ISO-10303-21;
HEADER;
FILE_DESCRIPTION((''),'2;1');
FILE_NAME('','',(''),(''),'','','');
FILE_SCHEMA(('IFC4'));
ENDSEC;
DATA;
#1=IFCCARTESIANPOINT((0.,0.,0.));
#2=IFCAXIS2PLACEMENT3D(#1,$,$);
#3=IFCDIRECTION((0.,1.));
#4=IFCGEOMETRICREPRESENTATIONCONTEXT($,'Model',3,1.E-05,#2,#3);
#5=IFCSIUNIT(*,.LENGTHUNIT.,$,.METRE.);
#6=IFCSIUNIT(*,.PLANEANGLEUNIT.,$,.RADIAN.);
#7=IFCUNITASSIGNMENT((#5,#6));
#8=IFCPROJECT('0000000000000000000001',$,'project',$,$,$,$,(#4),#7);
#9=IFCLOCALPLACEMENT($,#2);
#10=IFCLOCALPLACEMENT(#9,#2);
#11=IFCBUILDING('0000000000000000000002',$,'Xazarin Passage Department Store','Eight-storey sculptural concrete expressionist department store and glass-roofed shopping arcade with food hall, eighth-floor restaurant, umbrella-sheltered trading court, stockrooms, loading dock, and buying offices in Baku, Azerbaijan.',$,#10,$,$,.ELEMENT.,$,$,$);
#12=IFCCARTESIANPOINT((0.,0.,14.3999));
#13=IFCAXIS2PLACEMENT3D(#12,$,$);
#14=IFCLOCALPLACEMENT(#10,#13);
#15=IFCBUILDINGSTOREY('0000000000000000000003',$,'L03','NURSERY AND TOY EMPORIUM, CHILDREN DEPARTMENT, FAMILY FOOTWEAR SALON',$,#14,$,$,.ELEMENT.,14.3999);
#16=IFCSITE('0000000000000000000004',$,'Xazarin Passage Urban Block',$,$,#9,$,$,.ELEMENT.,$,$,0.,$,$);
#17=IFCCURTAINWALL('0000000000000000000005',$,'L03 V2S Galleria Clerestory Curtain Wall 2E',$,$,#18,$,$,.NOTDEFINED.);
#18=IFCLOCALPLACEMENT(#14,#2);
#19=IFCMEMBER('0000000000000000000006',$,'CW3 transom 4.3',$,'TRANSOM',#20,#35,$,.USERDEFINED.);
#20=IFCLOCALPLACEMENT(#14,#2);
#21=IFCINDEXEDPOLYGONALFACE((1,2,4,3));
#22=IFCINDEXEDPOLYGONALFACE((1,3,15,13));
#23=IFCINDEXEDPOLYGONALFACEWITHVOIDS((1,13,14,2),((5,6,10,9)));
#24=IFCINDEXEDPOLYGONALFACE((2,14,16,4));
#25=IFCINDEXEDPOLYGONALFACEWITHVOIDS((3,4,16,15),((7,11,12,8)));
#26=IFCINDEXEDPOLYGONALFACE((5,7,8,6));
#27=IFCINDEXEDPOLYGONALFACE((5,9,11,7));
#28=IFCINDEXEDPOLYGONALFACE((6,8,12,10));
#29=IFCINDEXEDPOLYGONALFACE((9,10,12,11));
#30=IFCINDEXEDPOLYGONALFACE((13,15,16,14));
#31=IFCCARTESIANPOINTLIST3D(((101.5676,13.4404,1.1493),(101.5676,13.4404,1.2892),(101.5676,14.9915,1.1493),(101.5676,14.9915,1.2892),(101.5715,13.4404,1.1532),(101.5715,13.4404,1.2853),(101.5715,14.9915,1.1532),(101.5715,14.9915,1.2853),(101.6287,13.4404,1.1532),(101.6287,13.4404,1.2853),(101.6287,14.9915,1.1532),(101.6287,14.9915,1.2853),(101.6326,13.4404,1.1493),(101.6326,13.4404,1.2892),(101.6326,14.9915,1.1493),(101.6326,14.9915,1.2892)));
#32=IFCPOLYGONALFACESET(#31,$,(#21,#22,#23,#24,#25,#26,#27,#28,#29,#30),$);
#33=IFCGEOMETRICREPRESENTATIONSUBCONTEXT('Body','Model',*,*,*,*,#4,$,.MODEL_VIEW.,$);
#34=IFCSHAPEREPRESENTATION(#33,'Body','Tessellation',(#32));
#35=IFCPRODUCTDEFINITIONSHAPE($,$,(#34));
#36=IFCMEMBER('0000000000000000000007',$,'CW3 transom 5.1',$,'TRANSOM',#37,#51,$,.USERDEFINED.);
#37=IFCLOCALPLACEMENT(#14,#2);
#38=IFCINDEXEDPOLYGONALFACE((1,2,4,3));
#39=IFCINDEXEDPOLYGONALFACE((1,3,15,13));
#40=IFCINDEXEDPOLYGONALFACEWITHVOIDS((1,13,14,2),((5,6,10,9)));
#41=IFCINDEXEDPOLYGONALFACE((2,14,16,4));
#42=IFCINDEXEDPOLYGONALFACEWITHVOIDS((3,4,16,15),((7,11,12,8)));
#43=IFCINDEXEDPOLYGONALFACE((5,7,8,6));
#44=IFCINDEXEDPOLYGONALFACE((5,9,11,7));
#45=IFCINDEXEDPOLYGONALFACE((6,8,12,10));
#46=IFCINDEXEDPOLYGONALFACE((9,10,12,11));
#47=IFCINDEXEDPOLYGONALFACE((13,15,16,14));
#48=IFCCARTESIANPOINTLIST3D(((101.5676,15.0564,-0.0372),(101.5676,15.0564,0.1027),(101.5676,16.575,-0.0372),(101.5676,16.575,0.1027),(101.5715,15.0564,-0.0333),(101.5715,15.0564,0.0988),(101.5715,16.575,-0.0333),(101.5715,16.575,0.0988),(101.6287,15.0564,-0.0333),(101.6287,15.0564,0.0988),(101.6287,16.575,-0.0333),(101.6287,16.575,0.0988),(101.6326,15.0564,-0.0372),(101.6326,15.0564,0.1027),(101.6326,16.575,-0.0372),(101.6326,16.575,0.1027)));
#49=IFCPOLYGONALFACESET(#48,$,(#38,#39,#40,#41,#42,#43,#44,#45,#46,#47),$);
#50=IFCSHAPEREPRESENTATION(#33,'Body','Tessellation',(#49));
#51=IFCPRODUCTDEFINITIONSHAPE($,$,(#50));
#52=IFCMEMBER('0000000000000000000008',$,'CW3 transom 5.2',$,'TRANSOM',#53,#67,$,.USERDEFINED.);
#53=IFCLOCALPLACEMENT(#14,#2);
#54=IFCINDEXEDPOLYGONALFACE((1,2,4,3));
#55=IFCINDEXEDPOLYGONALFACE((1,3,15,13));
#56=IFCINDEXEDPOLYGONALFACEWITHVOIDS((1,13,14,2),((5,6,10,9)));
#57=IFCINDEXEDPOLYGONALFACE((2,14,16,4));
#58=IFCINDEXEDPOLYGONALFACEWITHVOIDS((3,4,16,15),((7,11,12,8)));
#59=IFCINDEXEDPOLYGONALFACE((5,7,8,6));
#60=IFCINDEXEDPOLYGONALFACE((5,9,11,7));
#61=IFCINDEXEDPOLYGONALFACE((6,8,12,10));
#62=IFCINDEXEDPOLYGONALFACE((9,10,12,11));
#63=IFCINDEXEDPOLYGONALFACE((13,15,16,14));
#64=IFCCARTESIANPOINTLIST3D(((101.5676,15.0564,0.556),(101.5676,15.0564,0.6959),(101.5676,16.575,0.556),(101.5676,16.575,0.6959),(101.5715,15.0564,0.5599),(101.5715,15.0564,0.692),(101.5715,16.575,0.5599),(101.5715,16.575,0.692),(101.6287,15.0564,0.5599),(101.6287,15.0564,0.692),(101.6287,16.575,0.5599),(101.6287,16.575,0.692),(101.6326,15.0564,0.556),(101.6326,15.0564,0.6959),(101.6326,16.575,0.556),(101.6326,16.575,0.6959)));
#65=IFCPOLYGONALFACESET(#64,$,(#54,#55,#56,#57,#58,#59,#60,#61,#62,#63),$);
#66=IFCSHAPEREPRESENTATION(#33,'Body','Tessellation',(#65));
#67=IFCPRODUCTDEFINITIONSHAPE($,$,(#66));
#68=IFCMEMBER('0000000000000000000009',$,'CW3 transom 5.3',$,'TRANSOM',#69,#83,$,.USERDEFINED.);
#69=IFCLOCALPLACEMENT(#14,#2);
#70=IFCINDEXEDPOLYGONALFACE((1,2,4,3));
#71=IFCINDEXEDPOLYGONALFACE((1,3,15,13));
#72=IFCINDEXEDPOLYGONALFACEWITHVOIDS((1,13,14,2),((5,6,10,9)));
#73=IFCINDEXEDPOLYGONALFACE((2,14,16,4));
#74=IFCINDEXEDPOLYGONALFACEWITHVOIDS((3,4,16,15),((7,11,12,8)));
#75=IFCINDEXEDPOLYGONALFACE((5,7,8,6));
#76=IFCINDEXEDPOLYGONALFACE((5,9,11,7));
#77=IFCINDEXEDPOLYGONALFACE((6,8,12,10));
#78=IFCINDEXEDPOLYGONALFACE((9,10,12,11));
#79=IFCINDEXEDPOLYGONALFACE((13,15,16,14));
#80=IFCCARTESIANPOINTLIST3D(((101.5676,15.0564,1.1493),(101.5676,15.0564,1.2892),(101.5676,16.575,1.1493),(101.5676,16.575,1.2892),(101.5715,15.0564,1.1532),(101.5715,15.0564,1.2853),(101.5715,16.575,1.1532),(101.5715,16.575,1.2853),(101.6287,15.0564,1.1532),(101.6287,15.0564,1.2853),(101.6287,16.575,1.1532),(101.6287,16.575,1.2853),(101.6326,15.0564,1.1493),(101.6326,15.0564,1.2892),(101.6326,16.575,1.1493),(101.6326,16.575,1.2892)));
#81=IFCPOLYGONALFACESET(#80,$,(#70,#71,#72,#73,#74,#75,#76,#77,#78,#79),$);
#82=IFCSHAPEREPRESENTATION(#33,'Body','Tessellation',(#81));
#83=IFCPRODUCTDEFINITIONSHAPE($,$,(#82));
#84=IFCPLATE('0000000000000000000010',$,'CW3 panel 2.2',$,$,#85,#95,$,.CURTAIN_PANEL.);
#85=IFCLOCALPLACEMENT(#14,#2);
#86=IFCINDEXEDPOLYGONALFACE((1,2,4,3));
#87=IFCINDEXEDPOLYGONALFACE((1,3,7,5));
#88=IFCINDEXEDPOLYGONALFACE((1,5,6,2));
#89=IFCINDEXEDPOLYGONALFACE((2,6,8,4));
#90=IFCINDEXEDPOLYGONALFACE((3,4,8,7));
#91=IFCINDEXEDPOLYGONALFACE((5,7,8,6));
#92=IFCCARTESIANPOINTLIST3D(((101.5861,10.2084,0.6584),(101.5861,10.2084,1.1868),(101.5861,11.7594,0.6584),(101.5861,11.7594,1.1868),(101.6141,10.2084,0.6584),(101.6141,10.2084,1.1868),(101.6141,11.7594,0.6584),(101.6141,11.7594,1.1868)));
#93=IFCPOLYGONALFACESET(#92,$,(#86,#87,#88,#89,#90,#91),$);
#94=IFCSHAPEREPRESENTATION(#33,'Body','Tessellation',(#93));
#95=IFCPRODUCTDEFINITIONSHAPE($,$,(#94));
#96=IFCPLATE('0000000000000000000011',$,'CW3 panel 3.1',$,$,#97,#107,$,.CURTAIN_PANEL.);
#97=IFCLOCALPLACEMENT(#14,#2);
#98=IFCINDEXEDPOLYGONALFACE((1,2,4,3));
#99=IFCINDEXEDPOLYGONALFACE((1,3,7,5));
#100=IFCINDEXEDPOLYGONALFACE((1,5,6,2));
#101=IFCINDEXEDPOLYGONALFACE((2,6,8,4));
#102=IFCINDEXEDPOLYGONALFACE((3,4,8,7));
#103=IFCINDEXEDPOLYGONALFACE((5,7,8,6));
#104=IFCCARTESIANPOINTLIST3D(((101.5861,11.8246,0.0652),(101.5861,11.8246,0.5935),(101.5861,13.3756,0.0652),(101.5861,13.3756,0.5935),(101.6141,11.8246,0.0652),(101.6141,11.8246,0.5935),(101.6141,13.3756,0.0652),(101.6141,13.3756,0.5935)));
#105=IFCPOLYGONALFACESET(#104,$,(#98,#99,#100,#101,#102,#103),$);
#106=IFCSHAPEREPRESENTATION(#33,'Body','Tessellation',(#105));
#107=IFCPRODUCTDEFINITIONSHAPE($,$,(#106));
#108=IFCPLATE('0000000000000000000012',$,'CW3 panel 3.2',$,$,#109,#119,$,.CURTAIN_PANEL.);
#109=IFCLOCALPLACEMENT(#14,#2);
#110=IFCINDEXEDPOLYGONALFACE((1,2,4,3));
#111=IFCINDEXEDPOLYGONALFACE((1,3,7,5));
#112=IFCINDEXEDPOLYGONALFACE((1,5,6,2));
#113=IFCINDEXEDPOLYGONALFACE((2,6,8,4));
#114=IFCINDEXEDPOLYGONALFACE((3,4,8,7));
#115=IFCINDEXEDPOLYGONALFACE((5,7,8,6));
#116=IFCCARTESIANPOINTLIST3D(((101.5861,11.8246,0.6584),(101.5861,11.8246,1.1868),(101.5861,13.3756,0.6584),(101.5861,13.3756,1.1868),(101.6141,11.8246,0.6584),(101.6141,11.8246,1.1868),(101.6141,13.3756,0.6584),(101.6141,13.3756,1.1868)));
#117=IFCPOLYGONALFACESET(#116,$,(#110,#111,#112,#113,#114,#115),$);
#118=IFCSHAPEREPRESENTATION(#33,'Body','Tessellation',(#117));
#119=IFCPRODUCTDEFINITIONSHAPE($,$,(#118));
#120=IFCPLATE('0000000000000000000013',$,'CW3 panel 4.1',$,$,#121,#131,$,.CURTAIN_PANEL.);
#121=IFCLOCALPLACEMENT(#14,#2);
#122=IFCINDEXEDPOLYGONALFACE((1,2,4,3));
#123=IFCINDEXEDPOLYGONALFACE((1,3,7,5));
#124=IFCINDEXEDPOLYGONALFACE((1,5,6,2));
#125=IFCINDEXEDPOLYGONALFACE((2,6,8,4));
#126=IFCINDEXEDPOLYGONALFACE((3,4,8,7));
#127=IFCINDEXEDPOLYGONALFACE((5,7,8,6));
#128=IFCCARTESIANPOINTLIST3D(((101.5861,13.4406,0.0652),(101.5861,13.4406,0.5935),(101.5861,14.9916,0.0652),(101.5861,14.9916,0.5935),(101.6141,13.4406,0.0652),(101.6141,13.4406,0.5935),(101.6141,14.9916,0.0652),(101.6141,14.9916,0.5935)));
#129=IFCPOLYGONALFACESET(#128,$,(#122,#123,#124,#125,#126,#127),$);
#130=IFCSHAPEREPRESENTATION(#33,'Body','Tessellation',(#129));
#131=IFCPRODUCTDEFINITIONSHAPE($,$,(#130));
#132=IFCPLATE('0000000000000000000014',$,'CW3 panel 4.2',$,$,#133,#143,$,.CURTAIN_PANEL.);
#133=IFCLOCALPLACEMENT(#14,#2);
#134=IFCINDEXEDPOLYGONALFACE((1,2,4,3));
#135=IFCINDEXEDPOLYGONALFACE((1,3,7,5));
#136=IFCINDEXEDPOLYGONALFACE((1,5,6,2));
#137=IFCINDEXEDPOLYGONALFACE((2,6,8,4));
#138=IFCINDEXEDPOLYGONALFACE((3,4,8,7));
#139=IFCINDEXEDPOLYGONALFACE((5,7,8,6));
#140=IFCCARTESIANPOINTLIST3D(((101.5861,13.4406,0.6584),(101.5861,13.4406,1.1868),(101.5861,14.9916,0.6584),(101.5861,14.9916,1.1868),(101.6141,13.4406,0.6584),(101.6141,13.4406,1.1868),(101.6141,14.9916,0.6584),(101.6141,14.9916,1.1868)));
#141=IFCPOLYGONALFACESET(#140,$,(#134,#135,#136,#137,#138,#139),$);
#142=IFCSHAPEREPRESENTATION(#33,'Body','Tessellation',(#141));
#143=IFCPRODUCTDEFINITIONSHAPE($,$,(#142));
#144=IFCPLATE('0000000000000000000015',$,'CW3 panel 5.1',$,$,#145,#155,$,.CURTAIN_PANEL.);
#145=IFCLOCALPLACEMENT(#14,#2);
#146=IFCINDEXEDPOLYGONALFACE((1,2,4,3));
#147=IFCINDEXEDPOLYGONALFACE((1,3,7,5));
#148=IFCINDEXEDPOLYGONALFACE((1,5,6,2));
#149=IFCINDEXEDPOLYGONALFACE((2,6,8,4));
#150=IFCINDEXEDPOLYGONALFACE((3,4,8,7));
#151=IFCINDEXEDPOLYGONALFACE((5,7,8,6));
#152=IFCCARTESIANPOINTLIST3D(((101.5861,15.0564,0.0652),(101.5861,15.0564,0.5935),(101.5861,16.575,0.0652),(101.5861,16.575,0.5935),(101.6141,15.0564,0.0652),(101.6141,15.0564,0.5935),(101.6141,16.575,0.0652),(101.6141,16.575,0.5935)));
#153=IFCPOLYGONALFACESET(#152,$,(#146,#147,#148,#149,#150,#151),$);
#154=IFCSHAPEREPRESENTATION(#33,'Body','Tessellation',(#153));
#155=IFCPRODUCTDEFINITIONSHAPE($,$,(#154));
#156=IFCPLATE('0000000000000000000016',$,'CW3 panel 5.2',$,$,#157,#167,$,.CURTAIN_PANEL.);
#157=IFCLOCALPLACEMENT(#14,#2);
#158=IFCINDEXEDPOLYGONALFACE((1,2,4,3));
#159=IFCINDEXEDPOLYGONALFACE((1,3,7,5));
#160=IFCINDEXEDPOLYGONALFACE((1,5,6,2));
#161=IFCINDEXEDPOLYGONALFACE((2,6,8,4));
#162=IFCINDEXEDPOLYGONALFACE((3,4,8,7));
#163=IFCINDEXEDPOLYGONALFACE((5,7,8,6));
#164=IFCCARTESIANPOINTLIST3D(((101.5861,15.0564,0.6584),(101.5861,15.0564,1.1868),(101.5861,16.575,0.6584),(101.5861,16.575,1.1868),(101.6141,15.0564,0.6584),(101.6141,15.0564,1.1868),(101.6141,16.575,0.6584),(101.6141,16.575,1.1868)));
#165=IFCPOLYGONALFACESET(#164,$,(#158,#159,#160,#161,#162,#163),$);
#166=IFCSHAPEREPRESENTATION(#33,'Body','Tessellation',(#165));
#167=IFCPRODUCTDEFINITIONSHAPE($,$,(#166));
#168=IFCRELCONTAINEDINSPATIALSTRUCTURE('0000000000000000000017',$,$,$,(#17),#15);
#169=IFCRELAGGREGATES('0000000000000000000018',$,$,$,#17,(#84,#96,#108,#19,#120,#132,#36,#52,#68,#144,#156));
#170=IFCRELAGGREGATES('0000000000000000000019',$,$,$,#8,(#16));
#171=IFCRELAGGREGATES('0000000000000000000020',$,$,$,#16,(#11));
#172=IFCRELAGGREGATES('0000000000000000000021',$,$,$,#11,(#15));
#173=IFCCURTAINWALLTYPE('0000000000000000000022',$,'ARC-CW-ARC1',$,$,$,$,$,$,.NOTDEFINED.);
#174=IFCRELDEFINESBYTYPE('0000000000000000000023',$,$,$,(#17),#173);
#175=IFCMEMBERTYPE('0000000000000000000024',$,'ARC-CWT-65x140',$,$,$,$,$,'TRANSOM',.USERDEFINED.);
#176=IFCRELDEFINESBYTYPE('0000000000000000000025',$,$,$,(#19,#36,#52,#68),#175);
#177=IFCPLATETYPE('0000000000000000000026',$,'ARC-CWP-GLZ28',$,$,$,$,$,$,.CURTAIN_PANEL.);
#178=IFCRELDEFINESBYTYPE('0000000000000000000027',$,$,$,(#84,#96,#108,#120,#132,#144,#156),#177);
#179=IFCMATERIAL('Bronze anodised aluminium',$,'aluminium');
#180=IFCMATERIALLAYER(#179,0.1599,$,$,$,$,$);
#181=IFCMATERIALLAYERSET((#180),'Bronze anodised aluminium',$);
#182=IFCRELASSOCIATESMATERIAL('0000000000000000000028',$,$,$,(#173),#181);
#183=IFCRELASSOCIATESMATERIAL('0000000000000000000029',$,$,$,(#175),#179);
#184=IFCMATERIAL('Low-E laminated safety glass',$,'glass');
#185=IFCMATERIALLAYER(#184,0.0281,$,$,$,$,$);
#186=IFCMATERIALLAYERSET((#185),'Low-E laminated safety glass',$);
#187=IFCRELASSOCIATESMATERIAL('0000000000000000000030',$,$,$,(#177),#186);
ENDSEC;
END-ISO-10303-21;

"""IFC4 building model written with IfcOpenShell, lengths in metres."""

from ifc_helpers import new_model, si_unit, direction, frame, origin, origin_2d, place, context, subcontext, project, spatial, rectangle, hollow_rectangle, extrude, material, layer, layer_set, material_profile, profile_set, type_object, element, aggregate, save


model = new_model("IFC4")

# Units and contexts
model_context = context("Model", 3, precision=1e-05, world=origin(), true_north=direction((0.0, 1.0)))
body_context = subcontext(model_context, "Body", "Model", "MODEL_VIEW")
ifc_project = project(units=[si_unit("LENGTHUNIT", "METRE"), si_unit("PLANEANGLEUNIT", "RADIAN")], contexts=[model_context])

# Site, building, storey
site_placement = place(None, origin())
site = spatial("IfcSite", under=ifc_project, at=site_placement, Name="Xazarin Passage Urban Block", CompositionType="ELEMENT", RefElevation=0.0)
building_placement = place(site_placement, origin())
building = spatial("IfcBuilding", under=site, at=building_placement, Name="Xazarin Passage Department Store", Description="Eight-storey sculptural concrete expressionist department store and glass-roofed shopping arcade with food hall, eighth-floor restaurant, umbrella-sheltered trading court, stockrooms, loading dock, and buying offices in Baku, Azerbaijan.", CompositionType="ELEMENT")
storey_placement = place(building_placement, frame((0.0, 0.0, 14.3999)))
storey = spatial("IfcBuildingStorey", under=building, at=storey_placement, Name="L03", Description="NURSERY AND TOY EMPORIUM, CHILDREN DEPARTMENT, FAMILY FOOTWEAR SALON", CompositionType="ELEMENT", Elevation=14.3999)

# Curtain wall, members, plates
ifc_material_1 = material(Name="Bronze anodised aluminium", Category="aluminium")
ifc_layer_1 = layer(ifc_material_1, 0.1599)
ifc_layer_set_1 = layer_set([ifc_layer_1], Name="Bronze anodised aluminium")
curtain_wall_type = type_object("IfcCurtainWallType", Name="ARC-CW-ARC1", PredefinedType="NOTDEFINED", material=ifc_layer_set_1)
curtain_wall_placement = place(storey_placement, origin())
curtain_wall = element("IfcCurtainWall", 1, at=curtain_wall_placement, inside=storey, type_object=curtain_wall_type, Name="L03 V2S Galleria Clerestory Curtain Wall 2E", PredefinedType="NOTDEFINED")
ifc_material_profile_1 = material_profile(ifc_material_1, hollow_rectangle(XDim=0.0649, YDim=0.1399, WallThickness=0.0039, at=origin_2d()), Name="ALU 65x140")
ifc_profile_set_1 = profile_set([ifc_material_profile_1], Name="Bronze anodised aluminium")
member_type_1 = type_object("IfcMemberType", Name="ARC-CWT-65x140", ElementType="TRANSOM", PredefinedType="USERDEFINED", material=ifc_profile_set_1)
member_1_placement = place(storey_placement, frame((101.6001, 13.4404, 1.2192), z_axis=(0.0, 1.0, 0.0), x_axis=(-1.0, 0.0, 0.0)))
member_1 = element("IfcMember", 2, at=member_1_placement, type_object=member_type_1, Name="CW3 transom 4.3", ObjectType="TRANSOM", PredefinedType="USERDEFINED", context=body_context, shape_type="SweptSolid", body=[
    extrude(hollow_rectangle(XDim=0.0649, YDim=0.1399, WallThickness=0.0039, at=origin_2d()), origin(), (0.0, 0.0, 1.0), 1.551),
])
member_2_placement = place(storey_placement, frame((101.6001, 15.0564, 0.0327), z_axis=(0.0, 1.0, 0.0), x_axis=(-1.0, 0.0, 0.0)))
member_2 = element("IfcMember", 3, at=member_2_placement, type_object=member_type_1, Name="CW3 transom 5.1", ObjectType="TRANSOM", PredefinedType="USERDEFINED", context=body_context, shape_type="SweptSolid", body=[
    extrude(hollow_rectangle(XDim=0.0649, YDim=0.1399, WallThickness=0.0039, at=origin_2d()), origin(), (0.0, 0.0, 1.0), 1.5186),
])
member_3_placement = place(storey_placement, frame((101.6001, 15.0564, 0.626), z_axis=(0.0, 1.0, 0.0), x_axis=(-1.0, 0.0, 0.0)))
member_3 = element("IfcMember", 4, at=member_3_placement, type_object=member_type_1, Name="CW3 transom 5.2", ObjectType="TRANSOM", PredefinedType="USERDEFINED", context=body_context, shape_type="SweptSolid", body=[
    extrude(hollow_rectangle(XDim=0.0649, YDim=0.1399, WallThickness=0.0039, at=origin_2d()), origin(), (0.0, 0.0, 1.0), 1.5186),
])
member_4_placement = place(storey_placement, frame((101.6001, 15.0564, 1.2192), z_axis=(0.0, 1.0, 0.0), x_axis=(-1.0, 0.0, 0.0)))
member_4 = element("IfcMember", 5, at=member_4_placement, type_object=member_type_1, Name="CW3 transom 5.3", ObjectType="TRANSOM", PredefinedType="USERDEFINED", context=body_context, shape_type="SweptSolid", body=[
    extrude(hollow_rectangle(XDim=0.0649, YDim=0.1399, WallThickness=0.0039, at=origin_2d()), origin(), (0.0, 0.0, 1.0), 1.5186),
])
ifc_material_2 = material(Name="Low-E laminated safety glass", Category="glass")
ifc_layer_2 = layer(ifc_material_2, 0.0281)
ifc_layer_set_2 = layer_set([ifc_layer_2], Name="Low-E laminated safety glass")
plate_type = type_object("IfcPlateType", Name="ARC-CWP-GLZ28", PredefinedType="CURTAIN_PANEL", material=ifc_layer_set_2)
plate_1_placement = place(storey_placement, frame((101.6001, 10.9839, 0.6584), z_axis=(0.0, 0.0, 1.0), x_axis=(0.0, 1.0, 0.0)))
plate_1 = element("IfcPlate", 6, at=plate_1_placement, type_object=plate_type, Name="CW3 panel 2.2", PredefinedType="CURTAIN_PANEL", context=body_context, shape_type="SweptSolid", body=[
    extrude(rectangle(XDim=1.551, YDim=0.0281, at=origin_2d()), origin(), (0.0, 0.0, 1.0), 0.5283),
])
plate_2_placement = place(storey_placement, frame((101.6001, 12.6001, 0.0652), z_axis=(0.0, 0.0, 1.0), x_axis=(0.0, 1.0, 0.0)))
plate_2 = element("IfcPlate", 7, at=plate_2_placement, type_object=plate_type, Name="CW3 panel 3.1", PredefinedType="CURTAIN_PANEL", context=body_context, shape_type="SweptSolid", body=[
    extrude(rectangle(XDim=1.551, YDim=0.0281, at=origin_2d()), origin(), (0.0, 0.0, 1.0), 0.5283),
])
plate_3_placement = place(storey_placement, frame((101.6001, 12.6001, 0.6584), z_axis=(0.0, 0.0, 1.0), x_axis=(0.0, 1.0, 0.0)))
plate_3 = element("IfcPlate", 8, at=plate_3_placement, type_object=plate_type, Name="CW3 panel 3.2", PredefinedType="CURTAIN_PANEL", context=body_context, shape_type="SweptSolid", body=[
    extrude(rectangle(XDim=1.551, YDim=0.0281, at=origin_2d()), origin(), (0.0, 0.0, 1.0), 0.5283),
])
plate_4_placement = place(storey_placement, frame((101.6001, 14.2161, 0.0652), z_axis=(0.0, 0.0, 1.0), x_axis=(0.0, 1.0, 0.0)))
plate_4 = element("IfcPlate", 9, at=plate_4_placement, type_object=plate_type, Name="CW3 panel 4.1", PredefinedType="CURTAIN_PANEL", context=body_context, shape_type="SweptSolid", body=[
    extrude(rectangle(XDim=1.551, YDim=0.0281, at=origin_2d()), origin(), (0.0, 0.0, 1.0), 0.5283),
])
plate_5_placement = place(storey_placement, frame((101.6001, 14.2161, 0.6584), z_axis=(0.0, 0.0, 1.0), x_axis=(0.0, 1.0, 0.0)))
plate_5 = element("IfcPlate", 10, at=plate_5_placement, type_object=plate_type, Name="CW3 panel 4.2", PredefinedType="CURTAIN_PANEL", context=body_context, shape_type="SweptSolid", body=[
    extrude(rectangle(XDim=1.551, YDim=0.0281, at=origin_2d()), origin(), (0.0, 0.0, 1.0), 0.5283),
])
plate_6_placement = place(storey_placement, frame((101.6001, 15.8157, 0.0652), z_axis=(0.0, 0.0, 1.0), x_axis=(0.0, 1.0, 0.0)))
plate_6 = element("IfcPlate", 11, at=plate_6_placement, type_object=plate_type, Name="CW3 panel 5.1", PredefinedType="CURTAIN_PANEL", context=body_context, shape_type="SweptSolid", body=[
    extrude(rectangle(XDim=1.5186, YDim=0.0281, at=origin_2d()), origin(), (0.0, 0.0, 1.0), 0.5283),
])
plate_7_placement = place(storey_placement, frame((101.6001, 15.8157, 0.6584), z_axis=(0.0, 0.0, 1.0), x_axis=(0.0, 1.0, 0.0)))
plate_7 = element("IfcPlate", 12, at=plate_7_placement, type_object=plate_type, Name="CW3 panel 5.2", PredefinedType="CURTAIN_PANEL", context=body_context, shape_type="SweptSolid", body=[
    extrude(rectangle(XDim=1.5186, YDim=0.0281, at=origin_2d()), origin(), (0.0, 0.0, 1.0), 0.5283),
])
aggregate(curtain_wall, [plate_1, plate_2, plate_3, member_1, plate_4, plate_5, member_2, member_3, member_4, plate_6, plate_7])

save(model, "model.ifc")
